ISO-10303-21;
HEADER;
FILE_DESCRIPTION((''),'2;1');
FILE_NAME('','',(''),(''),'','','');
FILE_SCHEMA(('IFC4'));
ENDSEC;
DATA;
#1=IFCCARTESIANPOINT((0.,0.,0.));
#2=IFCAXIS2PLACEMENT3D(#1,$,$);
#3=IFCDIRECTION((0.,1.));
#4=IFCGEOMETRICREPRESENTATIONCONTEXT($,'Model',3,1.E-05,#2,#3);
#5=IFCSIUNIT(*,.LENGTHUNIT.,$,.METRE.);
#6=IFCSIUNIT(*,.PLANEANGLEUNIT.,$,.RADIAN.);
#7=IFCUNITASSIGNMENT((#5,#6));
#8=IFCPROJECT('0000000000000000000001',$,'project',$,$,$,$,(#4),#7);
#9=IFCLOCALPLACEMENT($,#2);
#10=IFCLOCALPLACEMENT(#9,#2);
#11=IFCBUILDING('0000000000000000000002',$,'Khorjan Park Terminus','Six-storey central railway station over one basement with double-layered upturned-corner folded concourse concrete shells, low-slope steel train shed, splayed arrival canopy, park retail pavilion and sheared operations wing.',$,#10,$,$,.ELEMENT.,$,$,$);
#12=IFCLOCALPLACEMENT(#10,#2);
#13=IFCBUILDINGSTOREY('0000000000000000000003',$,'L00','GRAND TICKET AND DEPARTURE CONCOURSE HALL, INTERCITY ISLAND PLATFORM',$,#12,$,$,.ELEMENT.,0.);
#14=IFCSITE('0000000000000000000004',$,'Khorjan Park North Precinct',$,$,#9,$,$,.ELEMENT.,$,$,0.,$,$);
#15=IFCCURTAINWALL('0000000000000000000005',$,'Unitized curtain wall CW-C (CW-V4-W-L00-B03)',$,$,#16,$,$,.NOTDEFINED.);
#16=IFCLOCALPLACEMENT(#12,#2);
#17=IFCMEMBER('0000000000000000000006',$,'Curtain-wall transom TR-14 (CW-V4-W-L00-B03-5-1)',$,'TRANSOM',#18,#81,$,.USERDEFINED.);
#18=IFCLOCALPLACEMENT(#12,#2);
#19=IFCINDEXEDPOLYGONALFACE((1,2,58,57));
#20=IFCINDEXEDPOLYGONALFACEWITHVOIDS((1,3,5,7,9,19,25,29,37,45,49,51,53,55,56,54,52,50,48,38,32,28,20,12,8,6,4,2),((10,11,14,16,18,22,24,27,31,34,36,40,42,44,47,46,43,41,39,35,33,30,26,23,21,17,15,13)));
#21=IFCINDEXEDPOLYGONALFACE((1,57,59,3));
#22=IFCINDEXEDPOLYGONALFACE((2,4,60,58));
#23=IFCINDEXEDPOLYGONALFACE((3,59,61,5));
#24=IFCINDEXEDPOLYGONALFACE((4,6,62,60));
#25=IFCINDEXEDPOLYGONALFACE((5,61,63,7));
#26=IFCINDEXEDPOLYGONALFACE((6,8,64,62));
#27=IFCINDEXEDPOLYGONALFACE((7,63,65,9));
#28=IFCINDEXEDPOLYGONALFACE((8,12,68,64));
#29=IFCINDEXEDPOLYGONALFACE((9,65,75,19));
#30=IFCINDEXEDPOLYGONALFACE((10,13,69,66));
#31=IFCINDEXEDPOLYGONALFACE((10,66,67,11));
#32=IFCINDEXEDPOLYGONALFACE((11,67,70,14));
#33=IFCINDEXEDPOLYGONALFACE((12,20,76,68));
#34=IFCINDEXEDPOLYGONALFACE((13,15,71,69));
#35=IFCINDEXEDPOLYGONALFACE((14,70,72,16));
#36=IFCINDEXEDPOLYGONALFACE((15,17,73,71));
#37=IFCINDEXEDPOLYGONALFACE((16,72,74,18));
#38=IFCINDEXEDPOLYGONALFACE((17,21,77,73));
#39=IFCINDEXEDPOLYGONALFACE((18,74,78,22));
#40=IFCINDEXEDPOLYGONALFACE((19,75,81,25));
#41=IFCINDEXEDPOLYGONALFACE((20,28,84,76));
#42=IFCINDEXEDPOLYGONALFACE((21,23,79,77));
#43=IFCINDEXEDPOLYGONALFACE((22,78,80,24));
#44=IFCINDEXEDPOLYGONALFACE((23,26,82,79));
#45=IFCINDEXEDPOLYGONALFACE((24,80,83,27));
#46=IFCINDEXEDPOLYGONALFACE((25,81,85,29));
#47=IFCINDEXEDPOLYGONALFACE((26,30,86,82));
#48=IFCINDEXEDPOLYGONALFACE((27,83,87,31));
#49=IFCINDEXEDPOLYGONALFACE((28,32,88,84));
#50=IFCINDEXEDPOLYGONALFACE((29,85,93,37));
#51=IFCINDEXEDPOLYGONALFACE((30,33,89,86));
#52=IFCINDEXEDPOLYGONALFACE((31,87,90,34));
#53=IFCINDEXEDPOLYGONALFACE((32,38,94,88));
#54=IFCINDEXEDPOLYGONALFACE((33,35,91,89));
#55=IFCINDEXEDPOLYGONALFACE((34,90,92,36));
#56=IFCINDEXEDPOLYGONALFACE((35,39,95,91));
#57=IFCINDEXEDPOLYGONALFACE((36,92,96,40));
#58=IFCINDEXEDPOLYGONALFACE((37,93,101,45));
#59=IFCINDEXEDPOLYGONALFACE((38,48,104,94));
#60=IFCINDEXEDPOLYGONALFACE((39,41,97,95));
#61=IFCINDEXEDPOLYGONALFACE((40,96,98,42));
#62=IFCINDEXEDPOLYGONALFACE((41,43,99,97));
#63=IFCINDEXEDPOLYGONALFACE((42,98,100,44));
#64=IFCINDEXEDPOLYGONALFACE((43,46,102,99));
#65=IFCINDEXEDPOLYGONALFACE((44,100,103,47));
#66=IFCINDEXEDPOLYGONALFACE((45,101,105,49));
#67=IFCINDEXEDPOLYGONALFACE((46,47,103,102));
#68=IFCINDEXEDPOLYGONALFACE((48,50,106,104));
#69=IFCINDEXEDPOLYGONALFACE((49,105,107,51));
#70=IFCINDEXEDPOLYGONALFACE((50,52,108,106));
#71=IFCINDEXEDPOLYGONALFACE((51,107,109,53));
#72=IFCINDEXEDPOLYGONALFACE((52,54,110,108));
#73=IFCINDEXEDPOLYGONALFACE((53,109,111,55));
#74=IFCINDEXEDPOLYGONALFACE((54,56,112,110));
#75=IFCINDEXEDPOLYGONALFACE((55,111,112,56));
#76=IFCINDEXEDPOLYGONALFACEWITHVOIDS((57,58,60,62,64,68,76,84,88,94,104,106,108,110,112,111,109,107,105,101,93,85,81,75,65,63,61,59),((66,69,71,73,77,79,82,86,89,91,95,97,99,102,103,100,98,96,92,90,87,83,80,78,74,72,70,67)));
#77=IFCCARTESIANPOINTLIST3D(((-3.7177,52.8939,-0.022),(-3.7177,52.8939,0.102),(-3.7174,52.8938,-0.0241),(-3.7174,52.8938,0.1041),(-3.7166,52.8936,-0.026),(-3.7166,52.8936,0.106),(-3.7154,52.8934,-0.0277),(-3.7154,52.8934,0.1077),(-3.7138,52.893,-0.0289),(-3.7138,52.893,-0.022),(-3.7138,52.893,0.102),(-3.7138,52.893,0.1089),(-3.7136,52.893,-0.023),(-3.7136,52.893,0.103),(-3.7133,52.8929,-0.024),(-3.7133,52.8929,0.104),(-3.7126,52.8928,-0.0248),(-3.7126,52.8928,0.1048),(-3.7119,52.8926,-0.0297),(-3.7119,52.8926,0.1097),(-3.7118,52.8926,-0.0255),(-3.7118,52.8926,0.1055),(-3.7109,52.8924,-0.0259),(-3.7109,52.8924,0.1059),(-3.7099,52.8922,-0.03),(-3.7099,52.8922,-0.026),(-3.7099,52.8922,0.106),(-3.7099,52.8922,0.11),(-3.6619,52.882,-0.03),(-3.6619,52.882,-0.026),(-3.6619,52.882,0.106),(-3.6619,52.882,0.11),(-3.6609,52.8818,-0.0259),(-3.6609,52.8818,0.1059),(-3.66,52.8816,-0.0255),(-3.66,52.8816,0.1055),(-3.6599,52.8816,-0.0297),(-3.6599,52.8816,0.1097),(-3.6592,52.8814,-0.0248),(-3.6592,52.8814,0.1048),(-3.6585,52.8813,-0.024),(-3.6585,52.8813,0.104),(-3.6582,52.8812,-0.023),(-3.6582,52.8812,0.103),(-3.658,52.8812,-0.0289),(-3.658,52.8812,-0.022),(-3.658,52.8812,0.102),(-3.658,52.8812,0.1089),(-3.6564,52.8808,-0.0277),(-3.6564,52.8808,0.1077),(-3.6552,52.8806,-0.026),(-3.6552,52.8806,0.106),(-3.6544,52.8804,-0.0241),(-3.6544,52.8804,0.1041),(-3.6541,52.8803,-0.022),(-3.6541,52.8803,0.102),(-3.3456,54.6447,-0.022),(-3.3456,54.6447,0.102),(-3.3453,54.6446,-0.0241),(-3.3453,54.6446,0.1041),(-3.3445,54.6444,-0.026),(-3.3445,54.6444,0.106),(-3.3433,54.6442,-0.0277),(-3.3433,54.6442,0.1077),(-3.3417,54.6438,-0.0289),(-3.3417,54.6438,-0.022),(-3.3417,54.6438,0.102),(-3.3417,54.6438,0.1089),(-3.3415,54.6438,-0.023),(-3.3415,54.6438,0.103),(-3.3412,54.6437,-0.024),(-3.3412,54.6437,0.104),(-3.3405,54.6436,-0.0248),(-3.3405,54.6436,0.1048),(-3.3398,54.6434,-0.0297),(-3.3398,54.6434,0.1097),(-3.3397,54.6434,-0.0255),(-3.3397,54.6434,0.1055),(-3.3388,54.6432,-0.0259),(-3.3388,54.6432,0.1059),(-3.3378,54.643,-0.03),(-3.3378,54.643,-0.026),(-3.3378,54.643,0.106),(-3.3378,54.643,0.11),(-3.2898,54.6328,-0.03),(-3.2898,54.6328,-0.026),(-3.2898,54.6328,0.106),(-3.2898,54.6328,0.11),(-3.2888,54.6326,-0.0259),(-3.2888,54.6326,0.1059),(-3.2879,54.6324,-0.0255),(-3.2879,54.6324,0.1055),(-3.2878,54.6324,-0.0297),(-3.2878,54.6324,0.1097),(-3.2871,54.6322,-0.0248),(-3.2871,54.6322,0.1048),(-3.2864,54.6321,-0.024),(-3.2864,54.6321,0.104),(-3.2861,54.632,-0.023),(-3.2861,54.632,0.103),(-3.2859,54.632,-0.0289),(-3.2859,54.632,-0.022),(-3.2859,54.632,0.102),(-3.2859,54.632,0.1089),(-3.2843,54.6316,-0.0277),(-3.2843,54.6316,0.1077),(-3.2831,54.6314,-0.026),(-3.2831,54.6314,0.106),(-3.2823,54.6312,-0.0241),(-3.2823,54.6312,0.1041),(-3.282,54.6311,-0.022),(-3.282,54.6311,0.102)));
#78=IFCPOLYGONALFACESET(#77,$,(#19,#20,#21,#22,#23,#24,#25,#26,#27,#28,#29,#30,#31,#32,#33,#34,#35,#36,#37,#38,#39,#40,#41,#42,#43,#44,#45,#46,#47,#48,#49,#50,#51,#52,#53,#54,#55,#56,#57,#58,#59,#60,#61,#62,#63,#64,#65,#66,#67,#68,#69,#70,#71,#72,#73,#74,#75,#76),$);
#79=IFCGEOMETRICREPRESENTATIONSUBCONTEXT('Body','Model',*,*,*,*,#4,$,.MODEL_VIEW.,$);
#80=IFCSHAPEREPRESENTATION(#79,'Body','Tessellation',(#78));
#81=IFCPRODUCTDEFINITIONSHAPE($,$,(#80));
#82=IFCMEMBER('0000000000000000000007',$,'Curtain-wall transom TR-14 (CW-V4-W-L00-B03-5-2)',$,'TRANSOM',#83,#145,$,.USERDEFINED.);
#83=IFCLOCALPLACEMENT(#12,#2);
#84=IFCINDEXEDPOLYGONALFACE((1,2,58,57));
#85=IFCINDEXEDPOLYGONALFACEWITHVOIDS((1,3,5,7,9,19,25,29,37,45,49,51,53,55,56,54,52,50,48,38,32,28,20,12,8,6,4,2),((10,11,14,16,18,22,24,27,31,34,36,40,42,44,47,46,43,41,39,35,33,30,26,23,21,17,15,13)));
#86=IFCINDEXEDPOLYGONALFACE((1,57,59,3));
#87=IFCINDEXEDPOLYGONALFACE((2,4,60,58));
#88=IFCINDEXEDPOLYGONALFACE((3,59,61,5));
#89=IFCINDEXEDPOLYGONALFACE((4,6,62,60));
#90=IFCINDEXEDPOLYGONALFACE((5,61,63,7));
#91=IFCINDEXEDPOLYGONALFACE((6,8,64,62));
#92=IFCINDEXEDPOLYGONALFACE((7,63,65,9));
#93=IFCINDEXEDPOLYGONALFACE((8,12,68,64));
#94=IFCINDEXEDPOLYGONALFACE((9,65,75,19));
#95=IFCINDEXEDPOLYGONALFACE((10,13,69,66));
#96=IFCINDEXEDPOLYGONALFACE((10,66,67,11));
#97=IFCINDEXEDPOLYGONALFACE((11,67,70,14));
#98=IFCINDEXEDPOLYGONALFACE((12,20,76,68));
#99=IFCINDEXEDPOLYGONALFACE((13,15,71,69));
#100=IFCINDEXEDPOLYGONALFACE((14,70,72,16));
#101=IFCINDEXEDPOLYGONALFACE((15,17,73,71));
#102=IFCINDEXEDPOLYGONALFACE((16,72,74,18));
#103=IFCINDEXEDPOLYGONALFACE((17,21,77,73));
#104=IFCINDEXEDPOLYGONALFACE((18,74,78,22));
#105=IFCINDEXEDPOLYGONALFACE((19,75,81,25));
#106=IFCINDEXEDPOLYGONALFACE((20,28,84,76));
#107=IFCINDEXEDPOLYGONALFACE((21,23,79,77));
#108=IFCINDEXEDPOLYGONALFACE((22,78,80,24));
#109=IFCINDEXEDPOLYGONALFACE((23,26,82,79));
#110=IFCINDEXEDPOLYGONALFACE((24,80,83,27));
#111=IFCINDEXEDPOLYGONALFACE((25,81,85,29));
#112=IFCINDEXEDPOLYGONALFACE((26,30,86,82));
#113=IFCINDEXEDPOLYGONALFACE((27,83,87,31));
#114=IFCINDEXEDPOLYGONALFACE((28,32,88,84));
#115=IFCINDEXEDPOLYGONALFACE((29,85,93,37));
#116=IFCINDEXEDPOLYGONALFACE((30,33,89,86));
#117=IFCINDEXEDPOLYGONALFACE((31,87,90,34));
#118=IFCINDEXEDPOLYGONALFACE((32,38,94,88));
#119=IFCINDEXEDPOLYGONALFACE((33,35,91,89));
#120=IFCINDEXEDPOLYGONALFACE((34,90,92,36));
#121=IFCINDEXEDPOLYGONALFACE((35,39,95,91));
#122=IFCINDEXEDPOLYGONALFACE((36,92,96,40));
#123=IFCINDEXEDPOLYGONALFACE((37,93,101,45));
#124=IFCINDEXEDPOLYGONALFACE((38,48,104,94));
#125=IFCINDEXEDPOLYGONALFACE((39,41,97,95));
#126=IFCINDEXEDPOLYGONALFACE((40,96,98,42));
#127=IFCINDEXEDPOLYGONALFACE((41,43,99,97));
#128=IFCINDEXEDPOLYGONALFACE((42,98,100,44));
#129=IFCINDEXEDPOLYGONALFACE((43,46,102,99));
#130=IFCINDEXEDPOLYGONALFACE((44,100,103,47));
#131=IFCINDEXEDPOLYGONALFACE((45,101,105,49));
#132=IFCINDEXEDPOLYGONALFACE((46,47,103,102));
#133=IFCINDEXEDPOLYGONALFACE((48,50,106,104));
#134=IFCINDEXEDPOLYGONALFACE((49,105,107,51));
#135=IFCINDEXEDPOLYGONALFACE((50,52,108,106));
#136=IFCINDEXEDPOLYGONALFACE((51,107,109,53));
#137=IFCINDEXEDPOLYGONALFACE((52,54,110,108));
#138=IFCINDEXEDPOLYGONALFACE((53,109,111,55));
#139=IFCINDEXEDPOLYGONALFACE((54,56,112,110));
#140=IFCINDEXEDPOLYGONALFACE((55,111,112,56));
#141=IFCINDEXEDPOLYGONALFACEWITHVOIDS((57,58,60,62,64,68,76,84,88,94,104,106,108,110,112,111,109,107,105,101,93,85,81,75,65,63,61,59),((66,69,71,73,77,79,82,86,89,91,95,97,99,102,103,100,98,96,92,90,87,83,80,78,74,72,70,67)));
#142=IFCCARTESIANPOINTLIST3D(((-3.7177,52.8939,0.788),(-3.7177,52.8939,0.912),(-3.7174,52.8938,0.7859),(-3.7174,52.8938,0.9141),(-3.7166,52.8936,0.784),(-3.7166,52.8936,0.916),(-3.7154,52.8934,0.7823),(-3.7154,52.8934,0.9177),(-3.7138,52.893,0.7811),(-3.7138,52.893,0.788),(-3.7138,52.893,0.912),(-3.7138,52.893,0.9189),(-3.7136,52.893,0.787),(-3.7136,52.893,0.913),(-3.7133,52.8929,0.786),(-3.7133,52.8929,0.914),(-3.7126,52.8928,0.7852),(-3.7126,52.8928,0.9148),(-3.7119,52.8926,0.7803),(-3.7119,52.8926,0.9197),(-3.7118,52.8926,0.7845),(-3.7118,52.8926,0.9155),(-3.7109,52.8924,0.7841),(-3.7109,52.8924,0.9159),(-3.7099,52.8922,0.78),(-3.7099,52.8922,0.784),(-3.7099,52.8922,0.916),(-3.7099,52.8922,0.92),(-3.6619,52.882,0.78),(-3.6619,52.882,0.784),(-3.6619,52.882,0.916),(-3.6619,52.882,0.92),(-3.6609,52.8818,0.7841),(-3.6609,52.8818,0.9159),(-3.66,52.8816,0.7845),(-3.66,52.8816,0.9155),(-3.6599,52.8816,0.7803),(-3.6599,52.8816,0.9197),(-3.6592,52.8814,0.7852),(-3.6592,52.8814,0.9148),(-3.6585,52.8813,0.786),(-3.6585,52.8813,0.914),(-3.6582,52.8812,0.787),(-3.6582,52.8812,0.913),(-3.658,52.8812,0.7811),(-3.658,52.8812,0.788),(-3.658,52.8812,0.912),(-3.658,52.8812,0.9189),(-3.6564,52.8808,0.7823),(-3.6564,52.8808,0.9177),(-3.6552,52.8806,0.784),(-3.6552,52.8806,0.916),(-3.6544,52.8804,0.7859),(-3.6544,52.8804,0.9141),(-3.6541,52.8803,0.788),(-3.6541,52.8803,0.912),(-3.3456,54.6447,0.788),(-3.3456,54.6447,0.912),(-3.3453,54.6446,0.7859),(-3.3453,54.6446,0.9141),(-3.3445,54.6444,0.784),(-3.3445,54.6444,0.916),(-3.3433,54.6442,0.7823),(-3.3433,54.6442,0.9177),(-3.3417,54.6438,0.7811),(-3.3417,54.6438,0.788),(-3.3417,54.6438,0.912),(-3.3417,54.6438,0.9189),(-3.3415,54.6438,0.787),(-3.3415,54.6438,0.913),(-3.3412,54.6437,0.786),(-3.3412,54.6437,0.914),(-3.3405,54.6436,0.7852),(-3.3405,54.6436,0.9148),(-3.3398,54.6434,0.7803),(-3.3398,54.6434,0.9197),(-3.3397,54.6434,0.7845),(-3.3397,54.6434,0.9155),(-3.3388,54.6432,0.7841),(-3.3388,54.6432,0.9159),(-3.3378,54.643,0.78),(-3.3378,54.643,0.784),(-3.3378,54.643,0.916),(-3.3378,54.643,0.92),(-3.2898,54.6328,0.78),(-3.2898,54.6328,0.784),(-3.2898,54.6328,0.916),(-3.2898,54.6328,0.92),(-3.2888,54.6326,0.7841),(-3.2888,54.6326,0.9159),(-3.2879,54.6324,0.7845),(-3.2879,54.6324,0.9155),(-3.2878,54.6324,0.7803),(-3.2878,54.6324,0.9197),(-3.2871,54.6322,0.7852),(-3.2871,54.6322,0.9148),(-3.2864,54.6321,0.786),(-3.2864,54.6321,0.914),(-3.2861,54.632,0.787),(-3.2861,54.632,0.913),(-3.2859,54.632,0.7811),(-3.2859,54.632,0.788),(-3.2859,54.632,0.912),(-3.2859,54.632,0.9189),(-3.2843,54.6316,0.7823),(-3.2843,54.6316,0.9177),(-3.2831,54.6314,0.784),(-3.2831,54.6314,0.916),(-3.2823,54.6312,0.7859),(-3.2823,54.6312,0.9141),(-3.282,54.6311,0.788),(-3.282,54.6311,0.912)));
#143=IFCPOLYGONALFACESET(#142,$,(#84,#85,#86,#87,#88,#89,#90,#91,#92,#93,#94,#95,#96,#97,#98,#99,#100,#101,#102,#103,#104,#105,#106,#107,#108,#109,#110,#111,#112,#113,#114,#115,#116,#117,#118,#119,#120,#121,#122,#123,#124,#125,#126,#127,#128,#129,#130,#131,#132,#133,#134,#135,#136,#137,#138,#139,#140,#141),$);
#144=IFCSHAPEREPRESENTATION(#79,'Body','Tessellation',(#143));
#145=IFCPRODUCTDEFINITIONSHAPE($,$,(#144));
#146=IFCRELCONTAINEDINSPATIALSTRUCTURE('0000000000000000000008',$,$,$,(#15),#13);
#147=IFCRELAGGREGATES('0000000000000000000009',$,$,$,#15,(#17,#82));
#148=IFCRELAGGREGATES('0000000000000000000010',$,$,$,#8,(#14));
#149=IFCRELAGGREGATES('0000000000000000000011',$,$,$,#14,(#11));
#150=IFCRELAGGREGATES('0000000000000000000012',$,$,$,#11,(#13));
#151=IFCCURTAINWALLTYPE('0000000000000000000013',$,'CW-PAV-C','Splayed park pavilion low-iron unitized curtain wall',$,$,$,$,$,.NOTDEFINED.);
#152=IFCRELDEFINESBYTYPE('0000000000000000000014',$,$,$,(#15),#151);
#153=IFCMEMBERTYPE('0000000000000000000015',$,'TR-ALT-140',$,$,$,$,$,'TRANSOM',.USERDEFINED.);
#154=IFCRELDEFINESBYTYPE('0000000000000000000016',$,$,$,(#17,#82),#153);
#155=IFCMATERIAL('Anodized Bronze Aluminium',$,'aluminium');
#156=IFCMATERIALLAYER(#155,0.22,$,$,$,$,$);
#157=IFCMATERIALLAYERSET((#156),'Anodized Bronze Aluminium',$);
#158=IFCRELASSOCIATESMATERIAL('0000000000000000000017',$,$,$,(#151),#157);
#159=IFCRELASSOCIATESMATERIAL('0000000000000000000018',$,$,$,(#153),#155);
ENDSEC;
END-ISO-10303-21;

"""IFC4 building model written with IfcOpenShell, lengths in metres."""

from ifc_helpers import new_model, si_unit, direction, frame, origin, origin_2d, place, context, subcontext, project, spatial, hollow_rectangle, extrude, material, layer, layer_set, material_profile, profile_set, type_object, element, aggregate, save


model = new_model("IFC4")

# Units and contexts
model_context = context("Model", 3, precision=1e-05, world=origin(), true_north=direction((0.0, 1.0)))
body_context = subcontext(model_context, "Body", "Model", "MODEL_VIEW")
ifc_project = project(units=[si_unit("LENGTHUNIT", "METRE"), si_unit("PLANEANGLEUNIT", "RADIAN")], contexts=[model_context])

# Site, building, storey
site_placement = place(None, origin())
site = spatial("IfcSite", under=ifc_project, at=site_placement, Name="Khorjan Park North Precinct", CompositionType="ELEMENT", RefElevation=0.0)
building_placement = place(site_placement, origin())
building = spatial("IfcBuilding", under=site, at=building_placement, Name="Khorjan Park Terminus", Description="Six-storey central railway station over one basement with double-layered upturned-corner folded concourse concrete shells, low-slope steel train shed, splayed arrival canopy, park retail pavilion and sheared operations wing.", CompositionType="ELEMENT")
storey_placement = place(building_placement, origin())
storey = spatial("IfcBuildingStorey", under=building, at=storey_placement, Name="L00", Description="GRAND TICKET AND DEPARTURE CONCOURSE HALL, INTERCITY ISLAND PLATFORM", CompositionType="ELEMENT", Elevation=0.0)

# Curtain wall, members
ifc_material_1 = material(Name="Anodized Bronze Aluminium", Category="aluminium")
ifc_layer_1 = layer(ifc_material_1, 0.22)
ifc_layer_set_1 = layer_set([ifc_layer_1], Name="Anodized Bronze Aluminium")
curtain_wall_type = type_object("IfcCurtainWallType", Name="CW-PAV-C", Description="Splayed park pavilion low-iron unitized curtain wall", PredefinedType="NOTDEFINED", material=ifc_layer_set_1)
curtain_wall_placement = place(storey_placement, origin())
curtain_wall = element("IfcCurtainWall", 1, at=curtain_wall_placement, inside=storey, type_object=curtain_wall_type, Name="Unitized curtain wall CW-C (CW-V4-W-L00-B03)", PredefinedType="NOTDEFINED")
ifc_material_profile_1 = material_profile(ifc_material_1, hollow_rectangle(XDim=0.065, YDim=0.14, WallThickness=0.004, InnerFilletRadius=0.004, OuterFilletRadius=0.008, at=origin_2d()), Name="ALT 65x140x4")
ifc_profile_set_1 = profile_set([ifc_material_profile_1], Name="Anodized Bronze Aluminium")
member_type_1 = type_object("IfcMemberType", Name="TR-ALT-140", ElementType="TRANSOM", PredefinedType="USERDEFINED", material=ifc_profile_set_1)
member_1_placement = place(storey_placement, frame((-3.3138, 54.6379, 0.04), z_axis=(-0.207888, -0.978153, 0.0), x_axis=(0.978153, -0.207888, 0.0)))
member_1 = element("IfcMember", 2, at=member_1_placement, type_object=member_type_1, Name="Curtain-wall transom TR-14 (CW-V4-W-L00-B03-5-1)", ObjectType="TRANSOM", PredefinedType="USERDEFINED", context=body_context, shape_type="SweptSolid", body=[
    extrude(hollow_rectangle(XDim=0.065, YDim=0.14, WallThickness=0.004, InnerFilletRadius=0.004, OuterFilletRadius=0.008, at=origin_2d()), origin(), (0.0, 0.0, 1.0), 1.7899),
])
member_2_placement = place(storey_placement, frame((-3.3138, 54.6379, 0.85), z_axis=(-0.207888, -0.978153, 0.0), x_axis=(0.978153, -0.207888, 0.0)))
member_2 = element("IfcMember", 3, at=member_2_placement, type_object=member_type_1, Name="Curtain-wall transom TR-14 (CW-V4-W-L00-B03-5-2)", ObjectType="TRANSOM", PredefinedType="USERDEFINED", context=body_context, shape_type="SweptSolid", body=[
    extrude(hollow_rectangle(XDim=0.065, YDim=0.14, WallThickness=0.004, InnerFilletRadius=0.004, OuterFilletRadius=0.008, at=origin_2d()), origin(), (0.0, 0.0, 1.0), 1.7899),
])
aggregate(curtain_wall, [member_1, member_2])

save(model, "model.ifc")
